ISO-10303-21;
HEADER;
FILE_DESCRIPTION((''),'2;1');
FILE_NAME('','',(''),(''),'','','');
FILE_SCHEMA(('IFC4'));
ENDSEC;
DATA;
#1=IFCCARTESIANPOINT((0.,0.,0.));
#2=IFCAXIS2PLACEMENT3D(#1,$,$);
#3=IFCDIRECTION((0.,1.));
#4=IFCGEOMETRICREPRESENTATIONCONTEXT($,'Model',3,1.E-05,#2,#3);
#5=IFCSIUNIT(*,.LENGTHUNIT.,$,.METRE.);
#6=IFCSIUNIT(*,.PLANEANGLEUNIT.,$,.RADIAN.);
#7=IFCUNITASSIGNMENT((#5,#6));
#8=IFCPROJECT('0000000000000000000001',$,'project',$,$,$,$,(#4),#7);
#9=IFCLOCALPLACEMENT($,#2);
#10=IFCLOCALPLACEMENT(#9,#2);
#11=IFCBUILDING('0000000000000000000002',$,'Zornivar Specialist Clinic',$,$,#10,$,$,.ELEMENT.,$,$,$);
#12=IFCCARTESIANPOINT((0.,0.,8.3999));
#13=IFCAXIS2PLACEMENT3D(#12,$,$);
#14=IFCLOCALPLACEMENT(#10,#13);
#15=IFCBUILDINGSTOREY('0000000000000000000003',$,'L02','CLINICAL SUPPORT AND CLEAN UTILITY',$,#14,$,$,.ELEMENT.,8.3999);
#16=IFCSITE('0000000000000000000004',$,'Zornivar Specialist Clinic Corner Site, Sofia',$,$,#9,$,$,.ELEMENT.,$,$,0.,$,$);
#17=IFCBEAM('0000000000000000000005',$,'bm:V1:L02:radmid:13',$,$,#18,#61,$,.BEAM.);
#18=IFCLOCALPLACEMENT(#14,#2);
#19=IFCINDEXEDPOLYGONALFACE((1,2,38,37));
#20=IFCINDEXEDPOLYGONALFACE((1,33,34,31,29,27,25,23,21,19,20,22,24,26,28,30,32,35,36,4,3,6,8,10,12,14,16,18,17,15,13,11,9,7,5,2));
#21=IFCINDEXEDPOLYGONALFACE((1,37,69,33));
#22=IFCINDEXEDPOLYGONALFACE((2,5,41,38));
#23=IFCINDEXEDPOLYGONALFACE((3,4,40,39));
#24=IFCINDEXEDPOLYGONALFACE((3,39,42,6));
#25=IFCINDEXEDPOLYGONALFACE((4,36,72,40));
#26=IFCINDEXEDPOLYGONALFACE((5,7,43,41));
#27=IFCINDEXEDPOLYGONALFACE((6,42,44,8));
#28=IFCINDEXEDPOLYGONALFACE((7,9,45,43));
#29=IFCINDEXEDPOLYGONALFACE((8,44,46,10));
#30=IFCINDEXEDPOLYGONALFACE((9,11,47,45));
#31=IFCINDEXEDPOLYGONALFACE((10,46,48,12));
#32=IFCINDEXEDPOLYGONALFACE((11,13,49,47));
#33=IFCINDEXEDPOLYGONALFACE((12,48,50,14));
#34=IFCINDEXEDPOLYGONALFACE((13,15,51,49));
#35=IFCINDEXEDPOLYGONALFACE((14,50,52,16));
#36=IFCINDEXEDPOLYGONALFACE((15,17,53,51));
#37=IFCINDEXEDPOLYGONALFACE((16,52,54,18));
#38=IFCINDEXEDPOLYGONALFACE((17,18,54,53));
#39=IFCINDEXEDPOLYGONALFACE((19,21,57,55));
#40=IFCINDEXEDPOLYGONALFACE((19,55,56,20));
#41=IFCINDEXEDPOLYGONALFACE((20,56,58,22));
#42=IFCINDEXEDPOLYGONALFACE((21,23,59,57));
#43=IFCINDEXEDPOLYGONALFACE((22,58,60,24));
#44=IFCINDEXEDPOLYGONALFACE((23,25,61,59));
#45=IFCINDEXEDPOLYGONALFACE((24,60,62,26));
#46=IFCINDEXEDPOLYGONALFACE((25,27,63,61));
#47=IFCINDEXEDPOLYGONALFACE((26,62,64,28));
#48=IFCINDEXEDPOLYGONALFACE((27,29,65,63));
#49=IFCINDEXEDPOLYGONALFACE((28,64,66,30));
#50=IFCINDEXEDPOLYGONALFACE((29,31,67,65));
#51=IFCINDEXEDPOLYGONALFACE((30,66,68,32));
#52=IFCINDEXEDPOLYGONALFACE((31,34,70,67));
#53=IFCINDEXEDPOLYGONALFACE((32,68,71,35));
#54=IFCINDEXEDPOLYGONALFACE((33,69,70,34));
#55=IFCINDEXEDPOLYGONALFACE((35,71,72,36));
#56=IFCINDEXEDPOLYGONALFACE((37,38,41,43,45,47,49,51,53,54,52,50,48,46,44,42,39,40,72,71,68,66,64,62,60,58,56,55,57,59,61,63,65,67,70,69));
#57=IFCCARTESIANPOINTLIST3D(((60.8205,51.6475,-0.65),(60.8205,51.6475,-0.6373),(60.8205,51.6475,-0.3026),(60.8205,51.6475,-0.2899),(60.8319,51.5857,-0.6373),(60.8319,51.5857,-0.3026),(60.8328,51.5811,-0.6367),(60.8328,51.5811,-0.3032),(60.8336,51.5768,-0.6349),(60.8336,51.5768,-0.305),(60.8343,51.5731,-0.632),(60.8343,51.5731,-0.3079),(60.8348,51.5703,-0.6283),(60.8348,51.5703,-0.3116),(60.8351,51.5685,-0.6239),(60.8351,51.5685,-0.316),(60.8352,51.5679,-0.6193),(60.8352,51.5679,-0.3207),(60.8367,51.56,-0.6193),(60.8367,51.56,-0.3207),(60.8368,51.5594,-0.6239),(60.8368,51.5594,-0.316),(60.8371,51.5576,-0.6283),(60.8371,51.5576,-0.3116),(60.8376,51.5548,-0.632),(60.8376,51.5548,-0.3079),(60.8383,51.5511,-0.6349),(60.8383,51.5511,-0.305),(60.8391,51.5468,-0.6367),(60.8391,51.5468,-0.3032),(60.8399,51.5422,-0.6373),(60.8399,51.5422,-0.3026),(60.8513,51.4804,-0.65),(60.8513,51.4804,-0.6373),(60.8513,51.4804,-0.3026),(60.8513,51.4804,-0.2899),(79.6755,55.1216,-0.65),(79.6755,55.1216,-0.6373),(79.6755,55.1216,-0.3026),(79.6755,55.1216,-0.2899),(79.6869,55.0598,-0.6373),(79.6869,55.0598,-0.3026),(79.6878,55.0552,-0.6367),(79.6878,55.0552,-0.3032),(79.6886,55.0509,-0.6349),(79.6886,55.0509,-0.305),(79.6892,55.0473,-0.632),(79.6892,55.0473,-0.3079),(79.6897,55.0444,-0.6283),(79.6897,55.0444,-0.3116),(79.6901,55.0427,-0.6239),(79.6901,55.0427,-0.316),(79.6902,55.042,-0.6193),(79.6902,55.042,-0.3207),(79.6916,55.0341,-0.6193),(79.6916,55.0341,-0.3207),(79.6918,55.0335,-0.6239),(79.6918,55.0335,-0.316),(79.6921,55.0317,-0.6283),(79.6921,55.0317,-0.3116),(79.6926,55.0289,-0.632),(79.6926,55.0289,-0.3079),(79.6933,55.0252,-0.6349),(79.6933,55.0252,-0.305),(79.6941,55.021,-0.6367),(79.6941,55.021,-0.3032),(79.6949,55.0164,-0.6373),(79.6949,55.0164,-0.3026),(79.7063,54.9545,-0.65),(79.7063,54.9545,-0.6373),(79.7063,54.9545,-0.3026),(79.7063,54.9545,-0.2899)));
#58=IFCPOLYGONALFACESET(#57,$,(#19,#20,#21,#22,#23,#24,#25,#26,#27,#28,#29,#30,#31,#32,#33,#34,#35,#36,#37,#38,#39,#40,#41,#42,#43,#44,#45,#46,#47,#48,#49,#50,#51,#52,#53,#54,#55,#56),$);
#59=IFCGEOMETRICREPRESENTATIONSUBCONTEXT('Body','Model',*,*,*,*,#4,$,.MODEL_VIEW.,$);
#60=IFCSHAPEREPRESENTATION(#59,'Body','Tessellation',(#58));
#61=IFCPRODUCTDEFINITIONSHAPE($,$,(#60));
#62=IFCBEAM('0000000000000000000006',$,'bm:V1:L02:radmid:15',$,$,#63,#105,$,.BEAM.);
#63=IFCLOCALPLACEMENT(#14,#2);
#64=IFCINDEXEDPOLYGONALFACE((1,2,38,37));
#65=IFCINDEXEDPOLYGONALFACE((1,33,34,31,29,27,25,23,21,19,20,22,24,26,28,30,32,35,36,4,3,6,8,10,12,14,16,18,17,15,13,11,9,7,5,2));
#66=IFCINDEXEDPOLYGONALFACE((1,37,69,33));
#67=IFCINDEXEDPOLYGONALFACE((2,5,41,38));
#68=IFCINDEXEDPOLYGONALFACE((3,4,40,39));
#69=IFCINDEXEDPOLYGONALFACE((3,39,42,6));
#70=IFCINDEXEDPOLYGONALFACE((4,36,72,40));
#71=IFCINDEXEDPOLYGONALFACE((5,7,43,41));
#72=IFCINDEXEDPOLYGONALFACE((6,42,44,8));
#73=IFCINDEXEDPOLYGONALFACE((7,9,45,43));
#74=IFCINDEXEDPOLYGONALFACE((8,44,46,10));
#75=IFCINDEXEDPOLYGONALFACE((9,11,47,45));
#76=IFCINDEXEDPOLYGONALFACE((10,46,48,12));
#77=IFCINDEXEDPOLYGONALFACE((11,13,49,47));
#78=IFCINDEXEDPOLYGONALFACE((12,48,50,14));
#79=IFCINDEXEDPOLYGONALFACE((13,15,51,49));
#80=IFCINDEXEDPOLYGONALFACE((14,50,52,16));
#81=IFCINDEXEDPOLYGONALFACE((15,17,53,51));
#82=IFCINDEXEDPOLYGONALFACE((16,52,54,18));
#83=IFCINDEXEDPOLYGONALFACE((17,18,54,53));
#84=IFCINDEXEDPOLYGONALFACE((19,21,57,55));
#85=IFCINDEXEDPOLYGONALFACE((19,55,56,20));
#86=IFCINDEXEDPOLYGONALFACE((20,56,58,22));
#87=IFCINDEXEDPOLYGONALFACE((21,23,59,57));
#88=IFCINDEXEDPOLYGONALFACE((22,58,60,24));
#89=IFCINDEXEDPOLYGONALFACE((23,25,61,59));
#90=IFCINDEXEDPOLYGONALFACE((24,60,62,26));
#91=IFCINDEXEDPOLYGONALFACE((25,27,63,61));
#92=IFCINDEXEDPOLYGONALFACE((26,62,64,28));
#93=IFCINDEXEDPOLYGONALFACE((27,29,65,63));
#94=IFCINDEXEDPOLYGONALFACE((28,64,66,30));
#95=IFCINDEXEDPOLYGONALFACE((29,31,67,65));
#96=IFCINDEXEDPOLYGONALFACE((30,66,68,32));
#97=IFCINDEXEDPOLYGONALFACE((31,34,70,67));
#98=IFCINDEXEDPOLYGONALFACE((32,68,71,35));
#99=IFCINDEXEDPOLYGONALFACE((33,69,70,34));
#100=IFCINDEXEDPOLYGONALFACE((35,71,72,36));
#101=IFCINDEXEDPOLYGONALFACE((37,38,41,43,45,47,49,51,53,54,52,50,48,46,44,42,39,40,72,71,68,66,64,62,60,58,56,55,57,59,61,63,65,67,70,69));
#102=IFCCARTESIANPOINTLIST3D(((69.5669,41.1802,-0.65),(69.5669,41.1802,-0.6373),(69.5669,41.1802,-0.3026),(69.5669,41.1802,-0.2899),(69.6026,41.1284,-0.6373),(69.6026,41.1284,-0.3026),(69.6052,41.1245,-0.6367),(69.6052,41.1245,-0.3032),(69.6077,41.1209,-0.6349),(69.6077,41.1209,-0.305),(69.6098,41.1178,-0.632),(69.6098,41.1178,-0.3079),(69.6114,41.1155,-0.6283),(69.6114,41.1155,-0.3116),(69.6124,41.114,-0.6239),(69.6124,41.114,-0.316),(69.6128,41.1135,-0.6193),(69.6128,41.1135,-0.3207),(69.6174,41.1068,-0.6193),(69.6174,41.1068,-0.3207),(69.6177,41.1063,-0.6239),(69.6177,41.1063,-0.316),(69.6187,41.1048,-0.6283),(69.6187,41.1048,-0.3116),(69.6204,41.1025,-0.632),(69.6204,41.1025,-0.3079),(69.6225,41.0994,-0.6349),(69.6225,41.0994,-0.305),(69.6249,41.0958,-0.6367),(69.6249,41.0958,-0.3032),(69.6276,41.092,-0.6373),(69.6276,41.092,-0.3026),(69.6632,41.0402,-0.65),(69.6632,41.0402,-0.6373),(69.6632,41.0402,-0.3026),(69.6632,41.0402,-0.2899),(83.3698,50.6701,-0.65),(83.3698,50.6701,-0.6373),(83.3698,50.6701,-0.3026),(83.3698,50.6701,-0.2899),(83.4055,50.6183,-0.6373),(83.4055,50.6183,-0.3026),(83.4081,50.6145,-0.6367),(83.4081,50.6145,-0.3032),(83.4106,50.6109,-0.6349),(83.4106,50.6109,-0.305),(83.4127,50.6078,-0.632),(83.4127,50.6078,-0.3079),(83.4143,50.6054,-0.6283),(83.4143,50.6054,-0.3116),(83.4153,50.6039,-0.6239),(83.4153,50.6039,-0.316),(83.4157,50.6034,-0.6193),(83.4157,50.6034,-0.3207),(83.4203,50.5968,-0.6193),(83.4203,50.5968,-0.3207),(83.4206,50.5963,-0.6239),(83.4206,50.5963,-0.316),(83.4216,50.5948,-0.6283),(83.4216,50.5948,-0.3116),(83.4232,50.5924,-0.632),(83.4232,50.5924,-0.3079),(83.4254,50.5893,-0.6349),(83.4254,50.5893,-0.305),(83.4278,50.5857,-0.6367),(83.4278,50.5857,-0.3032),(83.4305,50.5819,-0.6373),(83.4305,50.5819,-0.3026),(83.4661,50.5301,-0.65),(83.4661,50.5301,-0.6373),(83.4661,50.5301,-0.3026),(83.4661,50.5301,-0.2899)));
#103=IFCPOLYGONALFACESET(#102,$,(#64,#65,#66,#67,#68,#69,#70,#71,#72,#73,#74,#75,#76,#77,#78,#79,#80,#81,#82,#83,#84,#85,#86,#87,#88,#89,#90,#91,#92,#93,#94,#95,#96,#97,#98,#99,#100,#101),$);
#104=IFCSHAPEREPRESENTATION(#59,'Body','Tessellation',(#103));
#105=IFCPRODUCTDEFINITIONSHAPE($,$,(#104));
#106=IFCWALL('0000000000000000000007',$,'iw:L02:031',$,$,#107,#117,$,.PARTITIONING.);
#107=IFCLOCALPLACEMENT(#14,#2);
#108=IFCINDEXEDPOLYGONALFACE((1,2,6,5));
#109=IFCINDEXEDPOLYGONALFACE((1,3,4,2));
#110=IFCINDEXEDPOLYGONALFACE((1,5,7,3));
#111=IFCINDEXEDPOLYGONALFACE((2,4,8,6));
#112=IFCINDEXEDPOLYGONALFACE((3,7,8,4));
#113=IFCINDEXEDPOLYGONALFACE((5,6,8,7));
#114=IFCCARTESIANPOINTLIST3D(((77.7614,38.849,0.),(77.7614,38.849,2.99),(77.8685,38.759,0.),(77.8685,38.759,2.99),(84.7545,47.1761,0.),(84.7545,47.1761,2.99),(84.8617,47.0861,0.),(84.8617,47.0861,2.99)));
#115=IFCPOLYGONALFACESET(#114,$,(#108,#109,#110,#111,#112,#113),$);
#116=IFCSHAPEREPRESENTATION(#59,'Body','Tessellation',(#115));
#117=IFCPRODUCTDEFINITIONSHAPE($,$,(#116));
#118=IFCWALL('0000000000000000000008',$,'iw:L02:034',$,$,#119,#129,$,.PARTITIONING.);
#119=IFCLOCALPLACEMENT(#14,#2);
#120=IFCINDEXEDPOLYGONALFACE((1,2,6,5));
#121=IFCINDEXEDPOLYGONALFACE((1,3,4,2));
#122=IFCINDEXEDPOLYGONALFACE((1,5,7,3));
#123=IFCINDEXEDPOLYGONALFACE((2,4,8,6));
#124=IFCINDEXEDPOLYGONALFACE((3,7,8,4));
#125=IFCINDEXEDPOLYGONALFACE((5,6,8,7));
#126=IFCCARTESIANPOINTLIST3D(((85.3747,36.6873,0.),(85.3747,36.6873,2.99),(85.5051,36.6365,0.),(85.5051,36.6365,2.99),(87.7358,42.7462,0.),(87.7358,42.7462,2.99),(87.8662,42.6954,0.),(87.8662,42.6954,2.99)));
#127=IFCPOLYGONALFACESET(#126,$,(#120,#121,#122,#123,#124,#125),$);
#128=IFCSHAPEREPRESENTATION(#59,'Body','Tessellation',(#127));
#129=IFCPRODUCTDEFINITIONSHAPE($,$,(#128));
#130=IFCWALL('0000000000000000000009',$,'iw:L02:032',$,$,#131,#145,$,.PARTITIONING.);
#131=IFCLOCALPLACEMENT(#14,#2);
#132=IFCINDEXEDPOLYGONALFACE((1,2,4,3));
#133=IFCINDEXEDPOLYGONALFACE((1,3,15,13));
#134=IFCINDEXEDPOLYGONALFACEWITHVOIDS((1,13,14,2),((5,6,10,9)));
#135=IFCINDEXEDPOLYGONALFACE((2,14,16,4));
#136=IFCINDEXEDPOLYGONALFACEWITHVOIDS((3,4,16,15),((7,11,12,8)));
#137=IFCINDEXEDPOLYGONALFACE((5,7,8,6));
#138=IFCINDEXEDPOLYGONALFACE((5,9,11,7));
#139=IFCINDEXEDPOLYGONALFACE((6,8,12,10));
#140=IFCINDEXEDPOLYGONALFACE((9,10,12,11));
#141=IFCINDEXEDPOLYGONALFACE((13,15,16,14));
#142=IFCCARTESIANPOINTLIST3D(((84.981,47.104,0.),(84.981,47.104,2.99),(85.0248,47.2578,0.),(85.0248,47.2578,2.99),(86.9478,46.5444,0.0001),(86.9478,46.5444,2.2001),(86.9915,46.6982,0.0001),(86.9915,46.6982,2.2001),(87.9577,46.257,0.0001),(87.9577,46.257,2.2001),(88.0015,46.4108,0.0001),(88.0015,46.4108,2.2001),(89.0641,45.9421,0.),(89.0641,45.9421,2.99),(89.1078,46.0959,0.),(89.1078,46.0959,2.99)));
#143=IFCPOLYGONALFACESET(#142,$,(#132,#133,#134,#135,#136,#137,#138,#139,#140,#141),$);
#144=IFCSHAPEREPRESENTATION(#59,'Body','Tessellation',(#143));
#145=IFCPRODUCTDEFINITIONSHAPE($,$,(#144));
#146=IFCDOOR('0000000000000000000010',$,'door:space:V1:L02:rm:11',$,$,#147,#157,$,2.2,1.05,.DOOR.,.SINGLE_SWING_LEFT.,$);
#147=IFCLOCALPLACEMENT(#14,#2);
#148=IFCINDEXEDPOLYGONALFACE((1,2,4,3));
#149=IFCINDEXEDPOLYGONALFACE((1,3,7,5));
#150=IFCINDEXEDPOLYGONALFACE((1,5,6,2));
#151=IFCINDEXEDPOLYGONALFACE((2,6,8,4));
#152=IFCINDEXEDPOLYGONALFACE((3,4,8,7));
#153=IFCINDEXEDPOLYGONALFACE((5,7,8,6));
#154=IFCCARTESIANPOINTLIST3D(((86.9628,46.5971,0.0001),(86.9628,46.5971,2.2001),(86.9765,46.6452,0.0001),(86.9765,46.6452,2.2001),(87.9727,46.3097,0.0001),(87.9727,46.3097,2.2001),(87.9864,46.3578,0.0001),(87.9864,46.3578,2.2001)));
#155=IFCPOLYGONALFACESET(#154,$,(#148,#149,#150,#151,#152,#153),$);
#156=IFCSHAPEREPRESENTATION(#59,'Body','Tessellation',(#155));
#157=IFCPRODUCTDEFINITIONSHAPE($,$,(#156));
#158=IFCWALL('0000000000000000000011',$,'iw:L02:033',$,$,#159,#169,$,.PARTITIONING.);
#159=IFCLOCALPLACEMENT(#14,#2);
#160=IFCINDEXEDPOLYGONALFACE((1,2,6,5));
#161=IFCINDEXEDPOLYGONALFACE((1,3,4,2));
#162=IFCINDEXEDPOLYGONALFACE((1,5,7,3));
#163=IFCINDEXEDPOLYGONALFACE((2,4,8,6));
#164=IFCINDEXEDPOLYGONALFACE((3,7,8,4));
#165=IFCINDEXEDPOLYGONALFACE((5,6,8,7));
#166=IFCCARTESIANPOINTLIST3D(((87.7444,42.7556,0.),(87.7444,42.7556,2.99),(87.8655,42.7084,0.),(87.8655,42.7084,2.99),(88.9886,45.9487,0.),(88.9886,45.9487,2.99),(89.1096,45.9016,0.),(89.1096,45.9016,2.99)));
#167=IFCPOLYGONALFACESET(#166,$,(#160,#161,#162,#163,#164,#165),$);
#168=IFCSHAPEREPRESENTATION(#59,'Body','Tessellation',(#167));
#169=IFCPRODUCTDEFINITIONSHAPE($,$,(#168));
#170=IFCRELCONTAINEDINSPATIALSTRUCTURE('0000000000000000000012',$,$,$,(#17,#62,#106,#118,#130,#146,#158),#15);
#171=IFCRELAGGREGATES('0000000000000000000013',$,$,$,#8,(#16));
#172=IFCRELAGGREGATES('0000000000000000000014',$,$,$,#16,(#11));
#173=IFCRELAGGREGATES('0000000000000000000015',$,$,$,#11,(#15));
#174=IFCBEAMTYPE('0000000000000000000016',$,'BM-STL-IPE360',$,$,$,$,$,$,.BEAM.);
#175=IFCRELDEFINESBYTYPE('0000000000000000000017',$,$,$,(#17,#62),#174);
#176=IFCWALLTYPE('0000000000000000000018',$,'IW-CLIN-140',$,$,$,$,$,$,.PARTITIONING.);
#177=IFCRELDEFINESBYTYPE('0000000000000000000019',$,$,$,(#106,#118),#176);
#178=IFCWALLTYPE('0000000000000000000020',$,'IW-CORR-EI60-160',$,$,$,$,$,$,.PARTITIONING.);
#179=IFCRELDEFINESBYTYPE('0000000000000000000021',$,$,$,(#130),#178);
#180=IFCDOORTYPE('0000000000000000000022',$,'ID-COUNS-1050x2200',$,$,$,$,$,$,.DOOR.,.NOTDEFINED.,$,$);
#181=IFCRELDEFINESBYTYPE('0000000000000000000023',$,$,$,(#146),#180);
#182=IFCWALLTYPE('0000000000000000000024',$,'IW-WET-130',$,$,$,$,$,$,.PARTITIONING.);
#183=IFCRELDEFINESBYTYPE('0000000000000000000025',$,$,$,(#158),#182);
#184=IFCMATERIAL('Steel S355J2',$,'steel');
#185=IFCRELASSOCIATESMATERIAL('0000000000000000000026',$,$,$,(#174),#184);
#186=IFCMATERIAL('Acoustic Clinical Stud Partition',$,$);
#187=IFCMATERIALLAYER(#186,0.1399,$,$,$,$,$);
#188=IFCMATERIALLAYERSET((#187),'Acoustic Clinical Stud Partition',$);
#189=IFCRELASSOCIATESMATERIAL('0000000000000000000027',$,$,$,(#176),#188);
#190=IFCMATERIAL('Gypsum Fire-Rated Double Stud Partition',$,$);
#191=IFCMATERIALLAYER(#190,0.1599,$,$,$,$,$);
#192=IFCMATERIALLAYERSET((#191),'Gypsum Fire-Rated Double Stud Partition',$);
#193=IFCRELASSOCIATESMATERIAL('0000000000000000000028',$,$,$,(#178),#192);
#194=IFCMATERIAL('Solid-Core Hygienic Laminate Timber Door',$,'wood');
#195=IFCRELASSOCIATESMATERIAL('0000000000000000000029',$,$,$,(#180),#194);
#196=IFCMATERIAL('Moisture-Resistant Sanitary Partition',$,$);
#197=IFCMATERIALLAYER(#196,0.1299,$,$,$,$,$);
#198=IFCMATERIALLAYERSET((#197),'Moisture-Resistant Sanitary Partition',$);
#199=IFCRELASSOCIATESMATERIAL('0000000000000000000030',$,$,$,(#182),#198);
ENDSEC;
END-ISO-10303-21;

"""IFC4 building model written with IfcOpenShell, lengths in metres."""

from ifc_helpers import new_model, si_unit, direction, frame, frame_2d, origin, origin_2d, place, context, subcontext, project, spatial, rectangle, i_section, extrude, material, layer, layer_set, material_profile, profile_set, type_object, element, fill, save


model = new_model("IFC4")

# Units and contexts
model_context = context("Model", 3, precision=1e-05, world=origin(), true_north=direction((0.0, 1.0)))
body_context = subcontext(model_context, "Body", "Model", "MODEL_VIEW")
ifc_project = project(units=[si_unit("LENGTHUNIT", "METRE"), si_unit("PLANEANGLEUNIT", "RADIAN")], contexts=[model_context])

# Site, building, storey
site_placement = place(None, origin())
site = spatial("IfcSite", under=ifc_project, at=site_placement, Name="Zornivar Specialist Clinic Corner Site, Sofia", CompositionType="ELEMENT", RefElevation=0.0)
building_placement = place(site_placement, origin())
building = spatial("IfcBuilding", under=site, at=building_placement, Name="Zornivar Specialist Clinic", CompositionType="ELEMENT")
storey_placement = place(building_placement, frame((0.0, 0.0, 8.3999)))
storey = spatial("IfcBuildingStorey", under=building, at=storey_placement, Name="L02", Description="CLINICAL SUPPORT AND CLEAN UTILITY", CompositionType="ELEMENT", Elevation=8.3999)

# Beams
ifc_material_1 = material(Name="Steel S355J2", Category="steel")
ifc_material_profile_1 = material_profile(ifc_material_1, i_section(OverallWidth=0.1699, OverallDepth=0.3601, WebThickness=0.0081, FlangeThickness=0.0127, FilletRadius=0.0181, at=origin_2d()), Name="IPE 360")
ifc_profile_set_1 = profile_set([ifc_material_profile_1], Name="Steel S355J2")
beam_type_1 = type_object("IfcBeamType", Name="BM-STL-IPE360", PredefinedType="BEAM", material=ifc_profile_set_1)
for number, where, z_axis, x_axis, name in (
    (1, (79.6909, 55.0381, -0.47), (-0.983445, -0.181205, 0.0), (0.181205, -0.983445, 0.0), "bm:V1:L02:radmid:13"),
):
    element("IfcBeam", number, at=place(storey_placement, frame(where, z_axis=z_axis, x_axis=x_axis)), inside=storey, type_object=beam_type_1, Name=name, PredefinedType="BEAM", context=body_context, shape_type="SweptSolid", body=[
        extrude(i_section(OverallWidth=0.1699, OverallDepth=0.3601, WebThickness=0.0081, FlangeThickness=0.0127, FilletRadius=0.0181, at=origin_2d()), origin(), (0.0, 0.0, 1.0), 19.1724),
    ])
beam_1_placement = place(storey_placement, frame((83.418, 50.6001, -0.47), z_axis=(-0.82403, -0.566547, 0.0), x_axis=(0.566547, -0.82403, 0.0)))
element("IfcBeam", 2, at=beam_1_placement, inside=storey, type_object=beam_type_1, Name="bm:V1:L02:radmid:15", PredefinedType="BEAM", context=body_context, shape_type="SweptSolid", body=[
    extrude(i_section(OverallWidth=0.1699, OverallDepth=0.3601, WebThickness=0.0081, FlangeThickness=0.0127, FilletRadius=0.0181, at=origin_2d()), origin(), (0.0, 0.0, 1.0), 16.7505),
])

# Walls
ifc_material_2 = material(Name="Acoustic Clinical Stud Partition")
ifc_layer_1 = layer(ifc_material_2, 0.1399)
ifc_layer_set_1 = layer_set([ifc_layer_1], Name="Acoustic Clinical Stud Partition")
wall_type_1 = type_object("IfcWallType", Name="IW-CLIN-140", PredefinedType="PARTITIONING", material=ifc_layer_set_1)
wall_1_placement = place(storey_placement, frame((84.8081, 47.1311, 0.0), z_axis=(0.0, 0.0, 1.0), x_axis=(-0.643104, -0.765779, 0.0)))
element("IfcWall", 3, at=wall_1_placement, inside=storey, type_object=wall_type_1, Name="iw:L02:031", PredefinedType="PARTITIONING", context=body_context, shape_type="SweptSolid", body=[
    extrude(rectangle(XDim=10.874, YDim=0.1399, at=frame_2d((5.437, 0.0))), origin(), (0.0, 0.0, 1.0), 2.99),
])
wall_2_placement = place(storey_placement, frame((87.801, 42.7209, 0.0), z_axis=(0.0, 0.0, 1.0), x_axis=(-0.363097, -0.931751, 0.0)))
element("IfcWall", 4, at=wall_2_placement, inside=storey, type_object=wall_type_1, Name="iw:L02:034", PredefinedType="PARTITIONING", context=body_context, shape_type="SweptSolid", body=[
    extrude(rectangle(XDim=6.5027, YDim=0.1399, at=frame_2d((3.2515, 0.0))), origin(), (0.0, 0.0, 1.0), 2.99),
])

# Wall, opening, door
ifc_material_3 = material(Name="Gypsum Fire-Rated Double Stud Partition")
ifc_layer_2 = layer(ifc_material_3, 0.1599)
ifc_layer_set_2 = layer_set([ifc_layer_2], Name="Gypsum Fire-Rated Double Stud Partition")
wall_type_2 = type_object("IfcWallType", Name="IW-CORR-EI60-160", PredefinedType="PARTITIONING", material=ifc_layer_set_2)
wall_3_placement = place(storey_placement, frame((85.0029, 47.1809, 0.0), z_axis=(0.0, 0.0, 1.0), x_axis=(0.961816, -0.273696, 0.0)))
wall_3 = element("IfcWall", 5, at=wall_3_placement, inside=storey, type_object=wall_type_2, Name="iw:L02:032", PredefinedType="PARTITIONING", context=body_context, shape_type="SweptSolid", body=[
    extrude(rectangle(XDim=4.2451, YDim=0.1599, at=frame_2d((2.1226, 0.0))), origin(), (0.0, 0.0, 1.0), 2.99),
])
opening_1_placement = place(wall_3_placement, frame((2.0449, 0.0, 0.0)))
opening_1 = element("IfcOpeningElement", 6, at=opening_1_placement, cuts=wall_3, PredefinedType="OPENING", context=body_context, shape_type="SweptSolid", body=[
    extrude(rectangle(XDim=1.05, YDim=2.2, at=frame_2d((0.5249, 1.1001))), frame((0.0, 0.0898, 0.0), z_axis=(0.0, -1.0, 0.0), x_axis=(1.0, 0.0, 0.0)), (0.0, 0.0, 1.0), 0.1799),
])
ifc_material_4 = material(Name="Solid-Core Hygienic Laminate Timber Door", Category="wood")
door_type_1 = type_object("IfcDoorType", Name="ID-COUNS-1050x2200", OperationType="NOTDEFINED", PredefinedType="DOOR", material=ifc_material_4)
door_1_placement = place(opening_1_placement, origin())
door_1 = element("IfcDoor", 7, at=door_1_placement, inside=storey, type_object=door_type_1, Name="door:space:V1:L02:rm:11", OperationType="SINGLE_SWING_LEFT", OverallHeight=2.2, OverallWidth=1.05, PredefinedType="DOOR", context=body_context, shape_type="SweptSolid", body=[
    extrude(rectangle(XDim=1.05, YDim=2.2, at=frame_2d((0.5249, 1.1001))), frame((0.0, 0.0249, 0.0), z_axis=(0.0, -1.0, 0.0), x_axis=(1.0, 0.0, 0.0)), (0.0, 0.0, 1.0), 0.05),
])
fill(opening_1, door_1)

# Wall
ifc_material_5 = material(Name="Moisture-Resistant Sanitary Partition")
ifc_layer_3 = layer(ifc_material_5, 0.1299)
ifc_layer_set_3 = layer_set([ifc_layer_3], Name="Moisture-Resistant Sanitary Partition")
wall_type_3 = type_object("IfcWallType", Name="IW-WET-130", PredefinedType="PARTITIONING", material=ifc_layer_set_3)
wall_4_placement = place(storey_placement, frame((89.0491, 45.925, 0.0), z_axis=(0.0, 0.0, 1.0), x_axis=(-0.363048, -0.931771, 0.0)))
element("IfcWall", 8, at=wall_4_placement, inside=storey, type_object=wall_type_3, Name="iw:L02:033", PredefinedType="PARTITIONING", context=body_context, shape_type="SweptSolid", body=[
    extrude(rectangle(XDim=3.427, YDim=0.1299, at=frame_2d((1.7134, 0.0))), origin(), (0.0, 0.0, 1.0), 2.99),
])

save(model, "model.ifc")
